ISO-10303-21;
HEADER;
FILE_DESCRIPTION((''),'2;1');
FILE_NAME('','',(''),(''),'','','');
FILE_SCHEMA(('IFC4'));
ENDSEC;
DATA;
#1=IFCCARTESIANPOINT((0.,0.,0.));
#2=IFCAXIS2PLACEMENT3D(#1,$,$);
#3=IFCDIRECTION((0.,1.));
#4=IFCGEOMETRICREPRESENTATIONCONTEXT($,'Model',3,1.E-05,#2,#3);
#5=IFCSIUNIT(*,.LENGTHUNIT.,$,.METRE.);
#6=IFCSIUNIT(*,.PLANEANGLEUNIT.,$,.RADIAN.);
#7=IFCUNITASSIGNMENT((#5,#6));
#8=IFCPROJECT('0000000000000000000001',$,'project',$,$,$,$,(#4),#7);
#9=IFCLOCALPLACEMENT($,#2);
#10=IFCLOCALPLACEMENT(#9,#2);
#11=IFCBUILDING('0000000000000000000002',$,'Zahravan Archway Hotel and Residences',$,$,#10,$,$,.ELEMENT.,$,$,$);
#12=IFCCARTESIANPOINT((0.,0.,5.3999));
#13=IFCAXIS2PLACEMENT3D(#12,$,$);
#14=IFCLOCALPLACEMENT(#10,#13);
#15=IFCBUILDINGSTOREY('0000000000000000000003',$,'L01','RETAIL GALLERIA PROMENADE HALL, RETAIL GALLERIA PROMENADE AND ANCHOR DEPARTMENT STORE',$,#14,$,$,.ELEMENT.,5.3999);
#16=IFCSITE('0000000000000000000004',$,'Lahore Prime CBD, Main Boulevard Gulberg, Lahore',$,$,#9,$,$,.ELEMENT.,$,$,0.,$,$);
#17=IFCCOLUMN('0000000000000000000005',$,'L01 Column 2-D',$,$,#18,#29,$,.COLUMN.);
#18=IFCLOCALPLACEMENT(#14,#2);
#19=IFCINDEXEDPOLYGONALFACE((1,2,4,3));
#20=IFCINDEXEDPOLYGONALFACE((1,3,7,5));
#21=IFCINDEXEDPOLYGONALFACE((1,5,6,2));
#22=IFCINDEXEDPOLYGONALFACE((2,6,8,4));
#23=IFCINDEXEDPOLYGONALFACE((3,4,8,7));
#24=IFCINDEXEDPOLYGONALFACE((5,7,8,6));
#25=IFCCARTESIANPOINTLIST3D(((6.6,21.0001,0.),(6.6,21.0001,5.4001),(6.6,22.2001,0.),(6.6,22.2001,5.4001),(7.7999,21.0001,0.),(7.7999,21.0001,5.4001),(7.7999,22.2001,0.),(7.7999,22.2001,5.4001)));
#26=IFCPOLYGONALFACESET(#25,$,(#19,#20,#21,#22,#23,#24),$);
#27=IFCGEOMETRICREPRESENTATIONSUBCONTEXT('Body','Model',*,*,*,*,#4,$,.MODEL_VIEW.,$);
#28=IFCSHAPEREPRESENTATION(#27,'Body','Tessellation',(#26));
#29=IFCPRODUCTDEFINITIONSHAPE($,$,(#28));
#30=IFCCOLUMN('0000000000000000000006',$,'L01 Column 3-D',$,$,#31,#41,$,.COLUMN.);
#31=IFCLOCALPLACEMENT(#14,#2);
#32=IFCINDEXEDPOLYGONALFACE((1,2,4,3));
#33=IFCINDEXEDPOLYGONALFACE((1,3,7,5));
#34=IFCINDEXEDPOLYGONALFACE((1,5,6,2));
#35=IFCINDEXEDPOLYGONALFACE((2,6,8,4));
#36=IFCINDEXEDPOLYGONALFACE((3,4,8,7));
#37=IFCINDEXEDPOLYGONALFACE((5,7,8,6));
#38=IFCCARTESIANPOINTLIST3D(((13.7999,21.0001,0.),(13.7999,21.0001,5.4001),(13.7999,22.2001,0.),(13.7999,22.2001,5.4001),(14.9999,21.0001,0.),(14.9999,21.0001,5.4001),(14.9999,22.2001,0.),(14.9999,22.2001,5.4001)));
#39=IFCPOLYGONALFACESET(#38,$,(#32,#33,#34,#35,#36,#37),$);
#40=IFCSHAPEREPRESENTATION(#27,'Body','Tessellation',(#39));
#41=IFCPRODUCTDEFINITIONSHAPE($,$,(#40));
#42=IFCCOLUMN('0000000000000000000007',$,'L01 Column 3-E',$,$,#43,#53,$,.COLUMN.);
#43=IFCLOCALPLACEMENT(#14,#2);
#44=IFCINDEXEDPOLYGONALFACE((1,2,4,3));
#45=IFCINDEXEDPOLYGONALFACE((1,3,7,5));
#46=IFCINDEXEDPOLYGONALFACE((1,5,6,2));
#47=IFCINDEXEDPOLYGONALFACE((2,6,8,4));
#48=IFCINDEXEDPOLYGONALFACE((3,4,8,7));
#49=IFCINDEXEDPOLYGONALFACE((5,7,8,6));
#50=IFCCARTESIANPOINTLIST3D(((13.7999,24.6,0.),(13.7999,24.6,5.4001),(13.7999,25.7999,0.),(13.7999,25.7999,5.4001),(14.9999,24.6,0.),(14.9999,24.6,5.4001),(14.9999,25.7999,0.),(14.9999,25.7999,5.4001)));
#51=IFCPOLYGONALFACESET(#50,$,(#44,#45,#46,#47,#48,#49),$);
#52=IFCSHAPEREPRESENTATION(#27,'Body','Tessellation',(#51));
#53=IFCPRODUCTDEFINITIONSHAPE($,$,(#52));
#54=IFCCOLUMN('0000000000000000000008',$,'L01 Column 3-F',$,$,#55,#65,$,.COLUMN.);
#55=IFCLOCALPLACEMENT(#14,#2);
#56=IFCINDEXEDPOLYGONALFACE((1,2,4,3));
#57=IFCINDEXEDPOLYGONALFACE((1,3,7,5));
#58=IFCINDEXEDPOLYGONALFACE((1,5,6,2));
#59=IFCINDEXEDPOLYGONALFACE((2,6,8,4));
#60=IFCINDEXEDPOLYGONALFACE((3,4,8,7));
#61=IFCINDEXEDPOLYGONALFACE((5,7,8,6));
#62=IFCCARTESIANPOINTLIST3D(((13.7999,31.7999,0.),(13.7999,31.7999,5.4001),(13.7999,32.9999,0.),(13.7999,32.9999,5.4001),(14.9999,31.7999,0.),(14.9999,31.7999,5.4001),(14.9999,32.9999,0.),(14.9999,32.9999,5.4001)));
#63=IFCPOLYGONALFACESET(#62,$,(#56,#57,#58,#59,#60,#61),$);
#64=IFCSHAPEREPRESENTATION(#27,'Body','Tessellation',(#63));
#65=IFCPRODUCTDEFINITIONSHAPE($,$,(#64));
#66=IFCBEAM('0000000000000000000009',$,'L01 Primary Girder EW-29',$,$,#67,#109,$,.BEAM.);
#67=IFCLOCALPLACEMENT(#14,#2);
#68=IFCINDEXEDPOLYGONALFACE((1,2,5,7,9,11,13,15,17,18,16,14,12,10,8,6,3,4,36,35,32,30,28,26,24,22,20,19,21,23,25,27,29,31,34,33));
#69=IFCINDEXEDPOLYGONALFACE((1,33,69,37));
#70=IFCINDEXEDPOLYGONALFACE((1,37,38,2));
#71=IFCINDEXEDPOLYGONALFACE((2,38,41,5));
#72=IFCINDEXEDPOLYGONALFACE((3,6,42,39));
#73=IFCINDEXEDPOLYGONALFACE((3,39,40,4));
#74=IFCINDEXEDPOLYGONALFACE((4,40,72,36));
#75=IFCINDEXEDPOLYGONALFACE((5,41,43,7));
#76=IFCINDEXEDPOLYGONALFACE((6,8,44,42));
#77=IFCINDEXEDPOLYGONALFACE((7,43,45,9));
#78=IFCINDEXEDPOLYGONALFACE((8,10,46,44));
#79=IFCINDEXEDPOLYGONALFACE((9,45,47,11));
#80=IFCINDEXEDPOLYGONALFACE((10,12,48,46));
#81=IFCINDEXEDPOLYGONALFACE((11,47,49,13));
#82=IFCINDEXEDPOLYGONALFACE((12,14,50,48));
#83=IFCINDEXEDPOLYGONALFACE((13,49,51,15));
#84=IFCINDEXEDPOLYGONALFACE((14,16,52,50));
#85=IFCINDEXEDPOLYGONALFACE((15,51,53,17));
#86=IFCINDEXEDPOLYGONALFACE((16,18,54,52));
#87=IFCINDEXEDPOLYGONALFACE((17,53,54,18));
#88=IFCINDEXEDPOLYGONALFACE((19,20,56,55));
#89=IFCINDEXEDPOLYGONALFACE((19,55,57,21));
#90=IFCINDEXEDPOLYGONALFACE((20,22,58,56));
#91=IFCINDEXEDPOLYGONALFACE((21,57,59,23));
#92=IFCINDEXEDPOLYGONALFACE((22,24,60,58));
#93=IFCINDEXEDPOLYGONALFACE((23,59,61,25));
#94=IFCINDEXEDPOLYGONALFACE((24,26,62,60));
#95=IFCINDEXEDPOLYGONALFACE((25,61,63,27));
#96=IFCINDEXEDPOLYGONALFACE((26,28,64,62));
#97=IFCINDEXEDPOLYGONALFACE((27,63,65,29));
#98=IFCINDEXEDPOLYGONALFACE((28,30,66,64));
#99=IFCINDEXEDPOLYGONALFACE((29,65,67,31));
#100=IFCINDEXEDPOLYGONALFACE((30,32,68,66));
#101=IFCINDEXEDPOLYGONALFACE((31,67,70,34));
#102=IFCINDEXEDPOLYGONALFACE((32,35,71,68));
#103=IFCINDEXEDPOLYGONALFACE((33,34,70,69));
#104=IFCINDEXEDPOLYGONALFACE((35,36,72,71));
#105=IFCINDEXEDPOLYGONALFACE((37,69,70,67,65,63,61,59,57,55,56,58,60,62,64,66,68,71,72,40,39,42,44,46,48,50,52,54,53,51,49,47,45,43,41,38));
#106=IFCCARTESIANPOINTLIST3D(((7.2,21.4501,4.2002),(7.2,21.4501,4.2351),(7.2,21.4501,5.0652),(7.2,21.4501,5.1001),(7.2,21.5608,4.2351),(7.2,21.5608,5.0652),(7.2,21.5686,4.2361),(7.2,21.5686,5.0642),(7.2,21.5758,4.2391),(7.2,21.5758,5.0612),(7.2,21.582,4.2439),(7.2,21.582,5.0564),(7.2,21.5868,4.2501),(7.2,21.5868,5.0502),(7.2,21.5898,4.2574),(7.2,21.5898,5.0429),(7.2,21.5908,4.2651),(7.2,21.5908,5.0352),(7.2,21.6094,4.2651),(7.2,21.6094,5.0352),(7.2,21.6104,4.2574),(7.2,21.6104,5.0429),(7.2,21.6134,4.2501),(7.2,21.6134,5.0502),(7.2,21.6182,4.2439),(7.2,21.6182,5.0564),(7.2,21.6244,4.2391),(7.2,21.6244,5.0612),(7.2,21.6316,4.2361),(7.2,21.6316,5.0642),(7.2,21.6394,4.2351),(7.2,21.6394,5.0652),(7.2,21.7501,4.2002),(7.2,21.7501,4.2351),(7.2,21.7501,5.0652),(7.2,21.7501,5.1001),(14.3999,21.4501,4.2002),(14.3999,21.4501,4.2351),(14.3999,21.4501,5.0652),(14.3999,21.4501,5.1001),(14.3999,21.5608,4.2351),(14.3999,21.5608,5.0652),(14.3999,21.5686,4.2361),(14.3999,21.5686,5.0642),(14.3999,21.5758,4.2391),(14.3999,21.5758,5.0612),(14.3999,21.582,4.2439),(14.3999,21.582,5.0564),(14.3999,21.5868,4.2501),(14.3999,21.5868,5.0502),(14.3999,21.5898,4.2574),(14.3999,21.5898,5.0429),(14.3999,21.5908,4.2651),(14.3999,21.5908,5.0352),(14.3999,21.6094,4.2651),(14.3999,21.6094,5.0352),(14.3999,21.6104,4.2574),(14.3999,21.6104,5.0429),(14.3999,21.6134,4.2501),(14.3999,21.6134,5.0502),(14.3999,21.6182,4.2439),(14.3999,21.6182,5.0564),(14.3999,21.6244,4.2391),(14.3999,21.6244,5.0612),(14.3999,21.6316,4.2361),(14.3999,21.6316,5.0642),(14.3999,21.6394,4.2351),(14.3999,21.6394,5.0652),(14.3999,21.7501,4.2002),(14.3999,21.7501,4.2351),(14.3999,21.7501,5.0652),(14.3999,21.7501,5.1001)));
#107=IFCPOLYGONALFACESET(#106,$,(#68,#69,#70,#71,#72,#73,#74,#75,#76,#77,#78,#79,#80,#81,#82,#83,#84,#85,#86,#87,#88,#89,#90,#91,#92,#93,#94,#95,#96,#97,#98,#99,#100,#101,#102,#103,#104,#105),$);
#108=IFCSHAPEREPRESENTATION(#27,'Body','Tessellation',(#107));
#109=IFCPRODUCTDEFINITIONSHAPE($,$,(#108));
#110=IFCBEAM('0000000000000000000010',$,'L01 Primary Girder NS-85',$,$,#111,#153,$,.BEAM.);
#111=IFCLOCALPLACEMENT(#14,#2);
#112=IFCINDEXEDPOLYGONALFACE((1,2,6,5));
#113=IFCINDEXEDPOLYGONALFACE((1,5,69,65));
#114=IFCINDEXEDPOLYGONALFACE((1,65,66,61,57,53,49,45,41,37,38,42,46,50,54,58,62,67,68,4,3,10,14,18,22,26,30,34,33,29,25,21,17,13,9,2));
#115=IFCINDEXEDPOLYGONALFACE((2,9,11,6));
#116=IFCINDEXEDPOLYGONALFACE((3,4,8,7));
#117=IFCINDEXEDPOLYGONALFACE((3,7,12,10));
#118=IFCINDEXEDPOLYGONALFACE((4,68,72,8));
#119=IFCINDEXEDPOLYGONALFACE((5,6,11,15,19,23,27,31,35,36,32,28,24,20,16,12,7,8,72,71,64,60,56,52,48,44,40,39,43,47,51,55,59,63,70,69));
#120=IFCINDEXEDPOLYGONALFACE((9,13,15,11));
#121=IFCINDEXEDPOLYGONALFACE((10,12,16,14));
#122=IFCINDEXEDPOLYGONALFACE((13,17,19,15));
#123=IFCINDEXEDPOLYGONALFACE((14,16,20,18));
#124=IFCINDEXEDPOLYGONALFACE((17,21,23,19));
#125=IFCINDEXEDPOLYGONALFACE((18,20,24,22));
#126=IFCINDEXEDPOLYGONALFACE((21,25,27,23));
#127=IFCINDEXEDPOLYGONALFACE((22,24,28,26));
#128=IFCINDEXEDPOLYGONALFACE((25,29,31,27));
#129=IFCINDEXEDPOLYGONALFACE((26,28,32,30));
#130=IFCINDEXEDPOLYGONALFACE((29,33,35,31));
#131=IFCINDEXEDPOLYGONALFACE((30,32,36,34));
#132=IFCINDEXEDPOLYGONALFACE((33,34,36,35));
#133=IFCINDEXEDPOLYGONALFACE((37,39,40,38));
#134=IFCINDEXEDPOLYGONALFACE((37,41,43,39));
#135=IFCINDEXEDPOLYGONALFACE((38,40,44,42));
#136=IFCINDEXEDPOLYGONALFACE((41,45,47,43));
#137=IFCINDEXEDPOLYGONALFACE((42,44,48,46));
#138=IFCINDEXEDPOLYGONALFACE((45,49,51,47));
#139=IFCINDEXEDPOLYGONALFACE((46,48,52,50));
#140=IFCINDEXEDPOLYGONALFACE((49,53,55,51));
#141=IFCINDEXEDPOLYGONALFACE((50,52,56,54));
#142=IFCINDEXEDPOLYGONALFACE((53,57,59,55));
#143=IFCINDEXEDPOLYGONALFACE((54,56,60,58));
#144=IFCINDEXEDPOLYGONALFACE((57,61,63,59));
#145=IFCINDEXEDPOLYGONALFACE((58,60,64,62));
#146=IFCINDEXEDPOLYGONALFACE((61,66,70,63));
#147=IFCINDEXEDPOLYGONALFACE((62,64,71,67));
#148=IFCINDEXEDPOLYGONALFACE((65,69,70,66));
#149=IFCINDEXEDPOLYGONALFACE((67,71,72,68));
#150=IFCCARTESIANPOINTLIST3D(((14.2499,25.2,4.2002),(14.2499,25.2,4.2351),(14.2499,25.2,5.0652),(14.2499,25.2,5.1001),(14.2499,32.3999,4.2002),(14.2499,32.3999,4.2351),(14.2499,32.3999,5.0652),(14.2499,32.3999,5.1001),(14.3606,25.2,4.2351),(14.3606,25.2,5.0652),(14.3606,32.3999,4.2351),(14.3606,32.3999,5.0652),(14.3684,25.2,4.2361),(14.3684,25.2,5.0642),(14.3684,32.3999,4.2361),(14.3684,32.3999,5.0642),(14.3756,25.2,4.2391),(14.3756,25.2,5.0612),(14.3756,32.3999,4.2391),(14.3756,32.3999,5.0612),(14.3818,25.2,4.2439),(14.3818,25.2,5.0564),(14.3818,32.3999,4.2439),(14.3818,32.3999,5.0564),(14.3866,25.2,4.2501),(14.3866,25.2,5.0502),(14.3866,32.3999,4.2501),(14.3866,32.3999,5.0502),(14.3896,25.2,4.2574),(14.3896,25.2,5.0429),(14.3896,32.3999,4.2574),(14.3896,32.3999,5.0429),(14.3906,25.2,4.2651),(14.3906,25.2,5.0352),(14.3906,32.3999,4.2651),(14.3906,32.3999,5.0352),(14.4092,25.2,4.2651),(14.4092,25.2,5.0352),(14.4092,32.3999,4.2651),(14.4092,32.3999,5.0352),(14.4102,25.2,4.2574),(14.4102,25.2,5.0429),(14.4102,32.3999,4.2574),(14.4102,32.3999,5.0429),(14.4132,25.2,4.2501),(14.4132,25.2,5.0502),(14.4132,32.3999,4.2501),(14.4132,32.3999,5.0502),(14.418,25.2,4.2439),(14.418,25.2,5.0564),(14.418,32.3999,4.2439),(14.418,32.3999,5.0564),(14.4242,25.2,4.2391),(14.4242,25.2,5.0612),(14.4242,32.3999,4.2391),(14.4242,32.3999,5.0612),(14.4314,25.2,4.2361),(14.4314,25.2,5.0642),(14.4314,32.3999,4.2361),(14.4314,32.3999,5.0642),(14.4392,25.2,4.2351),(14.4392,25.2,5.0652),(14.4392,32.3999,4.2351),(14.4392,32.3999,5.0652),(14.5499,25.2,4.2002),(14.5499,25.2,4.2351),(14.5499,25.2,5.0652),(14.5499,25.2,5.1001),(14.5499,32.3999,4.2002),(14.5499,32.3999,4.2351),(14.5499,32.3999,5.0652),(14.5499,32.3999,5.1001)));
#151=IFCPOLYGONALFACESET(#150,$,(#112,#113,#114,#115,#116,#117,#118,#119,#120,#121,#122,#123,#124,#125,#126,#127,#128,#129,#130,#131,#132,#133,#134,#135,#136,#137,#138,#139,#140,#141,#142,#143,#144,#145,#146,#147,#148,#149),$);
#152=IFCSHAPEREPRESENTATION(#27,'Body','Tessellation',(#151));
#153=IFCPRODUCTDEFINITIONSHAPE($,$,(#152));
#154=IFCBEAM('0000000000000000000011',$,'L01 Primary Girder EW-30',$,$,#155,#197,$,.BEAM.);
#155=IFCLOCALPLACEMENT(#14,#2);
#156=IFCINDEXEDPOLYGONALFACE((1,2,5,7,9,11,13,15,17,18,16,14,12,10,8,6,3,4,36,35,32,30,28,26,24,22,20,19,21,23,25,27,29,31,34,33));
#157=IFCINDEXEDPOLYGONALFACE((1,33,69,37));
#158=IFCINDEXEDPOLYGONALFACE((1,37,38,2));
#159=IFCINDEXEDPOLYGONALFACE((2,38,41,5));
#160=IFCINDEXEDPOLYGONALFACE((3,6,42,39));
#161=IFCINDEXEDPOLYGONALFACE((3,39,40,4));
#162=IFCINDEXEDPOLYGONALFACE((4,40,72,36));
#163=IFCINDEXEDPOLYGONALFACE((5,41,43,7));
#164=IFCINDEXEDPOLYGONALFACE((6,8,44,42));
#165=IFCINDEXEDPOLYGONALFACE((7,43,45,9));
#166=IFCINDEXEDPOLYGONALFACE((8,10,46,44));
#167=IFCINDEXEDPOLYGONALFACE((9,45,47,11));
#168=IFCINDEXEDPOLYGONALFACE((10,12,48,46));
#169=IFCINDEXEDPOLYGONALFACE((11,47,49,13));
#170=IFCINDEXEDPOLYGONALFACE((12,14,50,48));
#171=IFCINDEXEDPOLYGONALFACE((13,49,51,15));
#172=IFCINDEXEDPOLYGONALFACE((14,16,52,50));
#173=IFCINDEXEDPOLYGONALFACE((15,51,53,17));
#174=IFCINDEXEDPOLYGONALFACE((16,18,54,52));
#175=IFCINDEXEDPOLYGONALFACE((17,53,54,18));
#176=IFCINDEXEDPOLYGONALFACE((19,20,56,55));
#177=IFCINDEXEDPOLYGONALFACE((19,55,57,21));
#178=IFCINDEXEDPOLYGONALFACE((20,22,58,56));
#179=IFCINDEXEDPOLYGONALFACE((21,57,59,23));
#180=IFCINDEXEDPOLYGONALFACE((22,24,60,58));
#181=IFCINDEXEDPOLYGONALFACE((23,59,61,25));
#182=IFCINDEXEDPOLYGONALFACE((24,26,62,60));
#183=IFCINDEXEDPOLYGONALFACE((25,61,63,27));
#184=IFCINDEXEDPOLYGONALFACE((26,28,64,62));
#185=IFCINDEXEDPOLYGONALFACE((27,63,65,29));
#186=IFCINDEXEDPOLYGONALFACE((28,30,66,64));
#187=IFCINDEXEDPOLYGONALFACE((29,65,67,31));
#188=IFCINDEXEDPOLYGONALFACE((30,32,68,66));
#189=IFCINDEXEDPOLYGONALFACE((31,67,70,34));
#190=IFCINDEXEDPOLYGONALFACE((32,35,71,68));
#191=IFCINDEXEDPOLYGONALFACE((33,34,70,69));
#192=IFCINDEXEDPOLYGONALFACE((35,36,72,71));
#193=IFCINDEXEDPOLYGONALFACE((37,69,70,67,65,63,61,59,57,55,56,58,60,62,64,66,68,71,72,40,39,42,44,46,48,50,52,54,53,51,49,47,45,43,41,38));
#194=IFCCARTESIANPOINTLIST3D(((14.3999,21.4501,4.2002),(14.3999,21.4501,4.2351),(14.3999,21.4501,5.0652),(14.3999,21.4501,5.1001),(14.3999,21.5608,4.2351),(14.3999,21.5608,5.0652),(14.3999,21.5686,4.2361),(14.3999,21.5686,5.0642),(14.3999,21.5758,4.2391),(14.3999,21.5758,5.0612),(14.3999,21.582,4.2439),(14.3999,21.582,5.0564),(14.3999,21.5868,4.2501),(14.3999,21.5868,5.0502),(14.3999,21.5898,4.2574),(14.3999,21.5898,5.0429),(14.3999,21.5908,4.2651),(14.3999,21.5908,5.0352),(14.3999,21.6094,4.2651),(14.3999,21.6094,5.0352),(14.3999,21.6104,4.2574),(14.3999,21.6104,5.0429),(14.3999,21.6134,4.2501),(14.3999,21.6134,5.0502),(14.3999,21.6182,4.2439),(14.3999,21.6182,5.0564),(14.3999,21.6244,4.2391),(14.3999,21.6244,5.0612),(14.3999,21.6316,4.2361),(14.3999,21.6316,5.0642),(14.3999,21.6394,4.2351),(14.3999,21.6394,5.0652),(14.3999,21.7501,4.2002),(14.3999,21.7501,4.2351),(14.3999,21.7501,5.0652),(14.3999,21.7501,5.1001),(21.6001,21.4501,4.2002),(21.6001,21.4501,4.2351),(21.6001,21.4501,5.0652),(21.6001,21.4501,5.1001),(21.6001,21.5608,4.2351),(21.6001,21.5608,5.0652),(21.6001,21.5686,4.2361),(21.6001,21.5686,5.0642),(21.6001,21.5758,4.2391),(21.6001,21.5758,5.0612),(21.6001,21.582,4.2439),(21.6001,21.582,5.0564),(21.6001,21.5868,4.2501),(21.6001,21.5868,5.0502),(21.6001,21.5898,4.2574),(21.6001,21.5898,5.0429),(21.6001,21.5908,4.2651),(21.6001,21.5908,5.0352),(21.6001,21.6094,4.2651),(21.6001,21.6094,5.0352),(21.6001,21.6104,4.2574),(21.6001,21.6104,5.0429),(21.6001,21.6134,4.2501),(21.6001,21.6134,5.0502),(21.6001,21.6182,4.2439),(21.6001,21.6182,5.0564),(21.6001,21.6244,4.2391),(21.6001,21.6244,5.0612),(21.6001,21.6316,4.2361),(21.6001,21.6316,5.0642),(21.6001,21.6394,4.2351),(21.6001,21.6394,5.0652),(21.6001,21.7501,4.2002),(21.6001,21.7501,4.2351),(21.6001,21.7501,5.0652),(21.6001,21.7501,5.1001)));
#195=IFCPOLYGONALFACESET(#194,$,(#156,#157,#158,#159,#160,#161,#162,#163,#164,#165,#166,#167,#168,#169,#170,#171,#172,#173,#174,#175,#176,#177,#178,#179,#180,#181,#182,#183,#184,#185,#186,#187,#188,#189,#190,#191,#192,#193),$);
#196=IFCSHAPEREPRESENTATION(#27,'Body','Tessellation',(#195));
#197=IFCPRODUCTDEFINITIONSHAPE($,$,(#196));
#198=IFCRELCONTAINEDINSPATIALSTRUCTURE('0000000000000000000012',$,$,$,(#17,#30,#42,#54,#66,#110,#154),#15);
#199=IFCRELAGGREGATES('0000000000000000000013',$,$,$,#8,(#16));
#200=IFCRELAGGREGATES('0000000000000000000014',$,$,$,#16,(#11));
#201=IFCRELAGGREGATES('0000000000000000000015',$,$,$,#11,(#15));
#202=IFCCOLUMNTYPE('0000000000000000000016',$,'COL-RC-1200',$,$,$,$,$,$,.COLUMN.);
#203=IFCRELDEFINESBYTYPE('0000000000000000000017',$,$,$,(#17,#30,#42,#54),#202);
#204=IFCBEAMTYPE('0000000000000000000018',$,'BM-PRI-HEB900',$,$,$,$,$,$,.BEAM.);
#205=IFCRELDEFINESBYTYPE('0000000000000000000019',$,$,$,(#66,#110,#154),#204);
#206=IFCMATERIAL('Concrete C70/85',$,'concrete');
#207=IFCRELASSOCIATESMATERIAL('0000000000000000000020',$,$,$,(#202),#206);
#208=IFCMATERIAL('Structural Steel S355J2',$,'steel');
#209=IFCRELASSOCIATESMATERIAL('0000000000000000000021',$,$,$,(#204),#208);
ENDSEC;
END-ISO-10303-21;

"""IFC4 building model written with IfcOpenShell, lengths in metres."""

from ifc_helpers import new_model, si_unit, direction, frame, origin, origin_2d, place, context, subcontext, project, spatial, rectangle, i_section, extrude, source, transform, mapped, material, material_profile, profile_set, type_object, element, save


model = new_model("IFC4")

# Units and contexts
model_context = context("Model", 3, precision=1e-05, world=origin(), true_north=direction((0.0, 1.0)))
body_context = subcontext(model_context, "Body", "Model", "MODEL_VIEW")
ifc_project = project(units=[si_unit("LENGTHUNIT", "METRE"), si_unit("PLANEANGLEUNIT", "RADIAN")], contexts=[model_context])

# Site, building, storey
site_placement = place(None, origin())
site = spatial("IfcSite", under=ifc_project, at=site_placement, Name="Lahore Prime CBD, Main Boulevard Gulberg, Lahore", CompositionType="ELEMENT", RefElevation=0.0)
building_placement = place(site_placement, origin())
building = spatial("IfcBuilding", under=site, at=building_placement, Name="Zahravan Archway Hotel and Residences", CompositionType="ELEMENT")
storey_placement = place(building_placement, frame((0.0, 0.0, 5.3999)))
storey = spatial("IfcBuildingStorey", under=building, at=storey_placement, Name="L01", Description="RETAIL GALLERIA PROMENADE HALL, RETAIL GALLERIA PROMENADE AND ANCHOR DEPARTMENT STORE", CompositionType="ELEMENT", Elevation=5.3999)

# Columns
ifc_material_1 = material(Name="Concrete C70/85", Category="concrete")
ifc_material_profile_1 = material_profile(ifc_material_1, rectangle(XDim=1.2, YDim=1.2, at=origin_2d()), Name="RC-COL-1200x1200", Category="concrete")
ifc_profile_set_1 = profile_set([ifc_material_profile_1], Name="Concrete C70/85")
column_type = type_object("IfcColumnType", Name="COL-RC-1200", PredefinedType="COLUMN", material=ifc_profile_set_1)
shared_shape_1 = source(origin(), body_context, "Body", "SweptSolid", [
    extrude(rectangle(XDim=1.2, YDim=1.2, at=origin_2d()), origin(), (0.0, 0.0, 1.0), 5.4001),
])
for number, where, z_axis, x_axis, name in (
    (1, (7.2, 21.6001, 0.0), (0.0, 0.0, 1.0), (1.0, 0.0, 0.0), "L01 Column 2-D"),
    (2, (14.3999, 21.6001, 0.0), (0.0, 0.0, 1.0), (1.0, 0.0, 0.0), "L01 Column 3-D"),
    (3, (14.3999, 25.2, 0.0), (0.0, 0.0, 1.0), (1.0, 0.0, 0.0), "L01 Column 3-E"),
    (4, (14.3999, 32.3999, 0.0), (0.0, 0.0, 1.0), (1.0, 0.0, 0.0), "L01 Column 3-F"),
):
    element("IfcColumn", number, at=place(storey_placement, frame(where, z_axis=z_axis, x_axis=x_axis)), inside=storey, type_object=column_type, Name=name, PredefinedType="COLUMN", context=body_context, shape_type="MappedRepresentation", body=[
        mapped(shared_shape_1, transform((0.0, 0.0, 0.0), scale=1.0)),
    ])

# Beams
ifc_material_2 = material(Name="Structural Steel S355J2", Category="steel")
ifc_material_profile_2 = material_profile(ifc_material_2, i_section(OverallWidth=0.3, OverallDepth=0.8999, WebThickness=0.0186, FlangeThickness=0.0349, FilletRadius=0.03, at=origin_2d()), Name="HEB 900", Category="steel")
ifc_profile_set_2 = profile_set([ifc_material_profile_2], Name="Structural Steel S355J2")
beam_type = type_object("IfcBeamType", Name="BM-PRI-HEB900", PredefinedType="BEAM", material=ifc_profile_set_2)
shared_shape_2 = source(origin(), body_context, "Body", "SweptSolid", [
    extrude(i_section(OverallWidth=0.3, OverallDepth=0.8999, WebThickness=0.0186, FlangeThickness=0.0349, FilletRadius=0.03, at=origin_2d()), origin(), (0.0, 0.0, 1.0), 7.2),
])
for number, where, z_axis, x_axis, name in (
    (5, (7.2, 21.6001, 4.6501), (1.0, 0.0, 0.0), (0.0, 1.0, 0.0), "L01 Primary Girder EW-29"),
    (6, (14.3999, 25.2, 4.6501), (0.0, 1.0, 0.0), (-1.0, 0.0, 0.0), "L01 Primary Girder NS-85"),
):
    element("IfcBeam", number, at=place(storey_placement, frame(where, z_axis=z_axis, x_axis=x_axis)), inside=storey, type_object=beam_type, Name=name, PredefinedType="BEAM", context=body_context, shape_type="MappedRepresentation", body=[
        mapped(shared_shape_2, transform((0.0, 0.0, 0.0), scale=1.0)),
    ])
shared_shape_3 = source(origin(), body_context, "Body", "SweptSolid", [
    extrude(i_section(OverallWidth=0.3, OverallDepth=0.8999, WebThickness=0.0186, FlangeThickness=0.0349, FilletRadius=0.03, at=origin_2d()), origin(), (0.0, 0.0, 1.0), 7.2002),
])
for number, where, z_axis, x_axis, name in (
    (7, (14.3999, 21.6001, 4.6501), (1.0, 0.0, 0.0), (0.0, 1.0, 0.0), "L01 Primary Girder EW-30"),
):
    element("IfcBeam", number, at=place(storey_placement, frame(where, z_axis=z_axis, x_axis=x_axis)), inside=storey, type_object=beam_type, Name=name, PredefinedType="BEAM", context=body_context, shape_type="MappedRepresentation", body=[
        mapped(shared_shape_3, transform((0.0, 0.0, 0.0), scale=1.0)),
    ])

save(model, "model.ifc")
